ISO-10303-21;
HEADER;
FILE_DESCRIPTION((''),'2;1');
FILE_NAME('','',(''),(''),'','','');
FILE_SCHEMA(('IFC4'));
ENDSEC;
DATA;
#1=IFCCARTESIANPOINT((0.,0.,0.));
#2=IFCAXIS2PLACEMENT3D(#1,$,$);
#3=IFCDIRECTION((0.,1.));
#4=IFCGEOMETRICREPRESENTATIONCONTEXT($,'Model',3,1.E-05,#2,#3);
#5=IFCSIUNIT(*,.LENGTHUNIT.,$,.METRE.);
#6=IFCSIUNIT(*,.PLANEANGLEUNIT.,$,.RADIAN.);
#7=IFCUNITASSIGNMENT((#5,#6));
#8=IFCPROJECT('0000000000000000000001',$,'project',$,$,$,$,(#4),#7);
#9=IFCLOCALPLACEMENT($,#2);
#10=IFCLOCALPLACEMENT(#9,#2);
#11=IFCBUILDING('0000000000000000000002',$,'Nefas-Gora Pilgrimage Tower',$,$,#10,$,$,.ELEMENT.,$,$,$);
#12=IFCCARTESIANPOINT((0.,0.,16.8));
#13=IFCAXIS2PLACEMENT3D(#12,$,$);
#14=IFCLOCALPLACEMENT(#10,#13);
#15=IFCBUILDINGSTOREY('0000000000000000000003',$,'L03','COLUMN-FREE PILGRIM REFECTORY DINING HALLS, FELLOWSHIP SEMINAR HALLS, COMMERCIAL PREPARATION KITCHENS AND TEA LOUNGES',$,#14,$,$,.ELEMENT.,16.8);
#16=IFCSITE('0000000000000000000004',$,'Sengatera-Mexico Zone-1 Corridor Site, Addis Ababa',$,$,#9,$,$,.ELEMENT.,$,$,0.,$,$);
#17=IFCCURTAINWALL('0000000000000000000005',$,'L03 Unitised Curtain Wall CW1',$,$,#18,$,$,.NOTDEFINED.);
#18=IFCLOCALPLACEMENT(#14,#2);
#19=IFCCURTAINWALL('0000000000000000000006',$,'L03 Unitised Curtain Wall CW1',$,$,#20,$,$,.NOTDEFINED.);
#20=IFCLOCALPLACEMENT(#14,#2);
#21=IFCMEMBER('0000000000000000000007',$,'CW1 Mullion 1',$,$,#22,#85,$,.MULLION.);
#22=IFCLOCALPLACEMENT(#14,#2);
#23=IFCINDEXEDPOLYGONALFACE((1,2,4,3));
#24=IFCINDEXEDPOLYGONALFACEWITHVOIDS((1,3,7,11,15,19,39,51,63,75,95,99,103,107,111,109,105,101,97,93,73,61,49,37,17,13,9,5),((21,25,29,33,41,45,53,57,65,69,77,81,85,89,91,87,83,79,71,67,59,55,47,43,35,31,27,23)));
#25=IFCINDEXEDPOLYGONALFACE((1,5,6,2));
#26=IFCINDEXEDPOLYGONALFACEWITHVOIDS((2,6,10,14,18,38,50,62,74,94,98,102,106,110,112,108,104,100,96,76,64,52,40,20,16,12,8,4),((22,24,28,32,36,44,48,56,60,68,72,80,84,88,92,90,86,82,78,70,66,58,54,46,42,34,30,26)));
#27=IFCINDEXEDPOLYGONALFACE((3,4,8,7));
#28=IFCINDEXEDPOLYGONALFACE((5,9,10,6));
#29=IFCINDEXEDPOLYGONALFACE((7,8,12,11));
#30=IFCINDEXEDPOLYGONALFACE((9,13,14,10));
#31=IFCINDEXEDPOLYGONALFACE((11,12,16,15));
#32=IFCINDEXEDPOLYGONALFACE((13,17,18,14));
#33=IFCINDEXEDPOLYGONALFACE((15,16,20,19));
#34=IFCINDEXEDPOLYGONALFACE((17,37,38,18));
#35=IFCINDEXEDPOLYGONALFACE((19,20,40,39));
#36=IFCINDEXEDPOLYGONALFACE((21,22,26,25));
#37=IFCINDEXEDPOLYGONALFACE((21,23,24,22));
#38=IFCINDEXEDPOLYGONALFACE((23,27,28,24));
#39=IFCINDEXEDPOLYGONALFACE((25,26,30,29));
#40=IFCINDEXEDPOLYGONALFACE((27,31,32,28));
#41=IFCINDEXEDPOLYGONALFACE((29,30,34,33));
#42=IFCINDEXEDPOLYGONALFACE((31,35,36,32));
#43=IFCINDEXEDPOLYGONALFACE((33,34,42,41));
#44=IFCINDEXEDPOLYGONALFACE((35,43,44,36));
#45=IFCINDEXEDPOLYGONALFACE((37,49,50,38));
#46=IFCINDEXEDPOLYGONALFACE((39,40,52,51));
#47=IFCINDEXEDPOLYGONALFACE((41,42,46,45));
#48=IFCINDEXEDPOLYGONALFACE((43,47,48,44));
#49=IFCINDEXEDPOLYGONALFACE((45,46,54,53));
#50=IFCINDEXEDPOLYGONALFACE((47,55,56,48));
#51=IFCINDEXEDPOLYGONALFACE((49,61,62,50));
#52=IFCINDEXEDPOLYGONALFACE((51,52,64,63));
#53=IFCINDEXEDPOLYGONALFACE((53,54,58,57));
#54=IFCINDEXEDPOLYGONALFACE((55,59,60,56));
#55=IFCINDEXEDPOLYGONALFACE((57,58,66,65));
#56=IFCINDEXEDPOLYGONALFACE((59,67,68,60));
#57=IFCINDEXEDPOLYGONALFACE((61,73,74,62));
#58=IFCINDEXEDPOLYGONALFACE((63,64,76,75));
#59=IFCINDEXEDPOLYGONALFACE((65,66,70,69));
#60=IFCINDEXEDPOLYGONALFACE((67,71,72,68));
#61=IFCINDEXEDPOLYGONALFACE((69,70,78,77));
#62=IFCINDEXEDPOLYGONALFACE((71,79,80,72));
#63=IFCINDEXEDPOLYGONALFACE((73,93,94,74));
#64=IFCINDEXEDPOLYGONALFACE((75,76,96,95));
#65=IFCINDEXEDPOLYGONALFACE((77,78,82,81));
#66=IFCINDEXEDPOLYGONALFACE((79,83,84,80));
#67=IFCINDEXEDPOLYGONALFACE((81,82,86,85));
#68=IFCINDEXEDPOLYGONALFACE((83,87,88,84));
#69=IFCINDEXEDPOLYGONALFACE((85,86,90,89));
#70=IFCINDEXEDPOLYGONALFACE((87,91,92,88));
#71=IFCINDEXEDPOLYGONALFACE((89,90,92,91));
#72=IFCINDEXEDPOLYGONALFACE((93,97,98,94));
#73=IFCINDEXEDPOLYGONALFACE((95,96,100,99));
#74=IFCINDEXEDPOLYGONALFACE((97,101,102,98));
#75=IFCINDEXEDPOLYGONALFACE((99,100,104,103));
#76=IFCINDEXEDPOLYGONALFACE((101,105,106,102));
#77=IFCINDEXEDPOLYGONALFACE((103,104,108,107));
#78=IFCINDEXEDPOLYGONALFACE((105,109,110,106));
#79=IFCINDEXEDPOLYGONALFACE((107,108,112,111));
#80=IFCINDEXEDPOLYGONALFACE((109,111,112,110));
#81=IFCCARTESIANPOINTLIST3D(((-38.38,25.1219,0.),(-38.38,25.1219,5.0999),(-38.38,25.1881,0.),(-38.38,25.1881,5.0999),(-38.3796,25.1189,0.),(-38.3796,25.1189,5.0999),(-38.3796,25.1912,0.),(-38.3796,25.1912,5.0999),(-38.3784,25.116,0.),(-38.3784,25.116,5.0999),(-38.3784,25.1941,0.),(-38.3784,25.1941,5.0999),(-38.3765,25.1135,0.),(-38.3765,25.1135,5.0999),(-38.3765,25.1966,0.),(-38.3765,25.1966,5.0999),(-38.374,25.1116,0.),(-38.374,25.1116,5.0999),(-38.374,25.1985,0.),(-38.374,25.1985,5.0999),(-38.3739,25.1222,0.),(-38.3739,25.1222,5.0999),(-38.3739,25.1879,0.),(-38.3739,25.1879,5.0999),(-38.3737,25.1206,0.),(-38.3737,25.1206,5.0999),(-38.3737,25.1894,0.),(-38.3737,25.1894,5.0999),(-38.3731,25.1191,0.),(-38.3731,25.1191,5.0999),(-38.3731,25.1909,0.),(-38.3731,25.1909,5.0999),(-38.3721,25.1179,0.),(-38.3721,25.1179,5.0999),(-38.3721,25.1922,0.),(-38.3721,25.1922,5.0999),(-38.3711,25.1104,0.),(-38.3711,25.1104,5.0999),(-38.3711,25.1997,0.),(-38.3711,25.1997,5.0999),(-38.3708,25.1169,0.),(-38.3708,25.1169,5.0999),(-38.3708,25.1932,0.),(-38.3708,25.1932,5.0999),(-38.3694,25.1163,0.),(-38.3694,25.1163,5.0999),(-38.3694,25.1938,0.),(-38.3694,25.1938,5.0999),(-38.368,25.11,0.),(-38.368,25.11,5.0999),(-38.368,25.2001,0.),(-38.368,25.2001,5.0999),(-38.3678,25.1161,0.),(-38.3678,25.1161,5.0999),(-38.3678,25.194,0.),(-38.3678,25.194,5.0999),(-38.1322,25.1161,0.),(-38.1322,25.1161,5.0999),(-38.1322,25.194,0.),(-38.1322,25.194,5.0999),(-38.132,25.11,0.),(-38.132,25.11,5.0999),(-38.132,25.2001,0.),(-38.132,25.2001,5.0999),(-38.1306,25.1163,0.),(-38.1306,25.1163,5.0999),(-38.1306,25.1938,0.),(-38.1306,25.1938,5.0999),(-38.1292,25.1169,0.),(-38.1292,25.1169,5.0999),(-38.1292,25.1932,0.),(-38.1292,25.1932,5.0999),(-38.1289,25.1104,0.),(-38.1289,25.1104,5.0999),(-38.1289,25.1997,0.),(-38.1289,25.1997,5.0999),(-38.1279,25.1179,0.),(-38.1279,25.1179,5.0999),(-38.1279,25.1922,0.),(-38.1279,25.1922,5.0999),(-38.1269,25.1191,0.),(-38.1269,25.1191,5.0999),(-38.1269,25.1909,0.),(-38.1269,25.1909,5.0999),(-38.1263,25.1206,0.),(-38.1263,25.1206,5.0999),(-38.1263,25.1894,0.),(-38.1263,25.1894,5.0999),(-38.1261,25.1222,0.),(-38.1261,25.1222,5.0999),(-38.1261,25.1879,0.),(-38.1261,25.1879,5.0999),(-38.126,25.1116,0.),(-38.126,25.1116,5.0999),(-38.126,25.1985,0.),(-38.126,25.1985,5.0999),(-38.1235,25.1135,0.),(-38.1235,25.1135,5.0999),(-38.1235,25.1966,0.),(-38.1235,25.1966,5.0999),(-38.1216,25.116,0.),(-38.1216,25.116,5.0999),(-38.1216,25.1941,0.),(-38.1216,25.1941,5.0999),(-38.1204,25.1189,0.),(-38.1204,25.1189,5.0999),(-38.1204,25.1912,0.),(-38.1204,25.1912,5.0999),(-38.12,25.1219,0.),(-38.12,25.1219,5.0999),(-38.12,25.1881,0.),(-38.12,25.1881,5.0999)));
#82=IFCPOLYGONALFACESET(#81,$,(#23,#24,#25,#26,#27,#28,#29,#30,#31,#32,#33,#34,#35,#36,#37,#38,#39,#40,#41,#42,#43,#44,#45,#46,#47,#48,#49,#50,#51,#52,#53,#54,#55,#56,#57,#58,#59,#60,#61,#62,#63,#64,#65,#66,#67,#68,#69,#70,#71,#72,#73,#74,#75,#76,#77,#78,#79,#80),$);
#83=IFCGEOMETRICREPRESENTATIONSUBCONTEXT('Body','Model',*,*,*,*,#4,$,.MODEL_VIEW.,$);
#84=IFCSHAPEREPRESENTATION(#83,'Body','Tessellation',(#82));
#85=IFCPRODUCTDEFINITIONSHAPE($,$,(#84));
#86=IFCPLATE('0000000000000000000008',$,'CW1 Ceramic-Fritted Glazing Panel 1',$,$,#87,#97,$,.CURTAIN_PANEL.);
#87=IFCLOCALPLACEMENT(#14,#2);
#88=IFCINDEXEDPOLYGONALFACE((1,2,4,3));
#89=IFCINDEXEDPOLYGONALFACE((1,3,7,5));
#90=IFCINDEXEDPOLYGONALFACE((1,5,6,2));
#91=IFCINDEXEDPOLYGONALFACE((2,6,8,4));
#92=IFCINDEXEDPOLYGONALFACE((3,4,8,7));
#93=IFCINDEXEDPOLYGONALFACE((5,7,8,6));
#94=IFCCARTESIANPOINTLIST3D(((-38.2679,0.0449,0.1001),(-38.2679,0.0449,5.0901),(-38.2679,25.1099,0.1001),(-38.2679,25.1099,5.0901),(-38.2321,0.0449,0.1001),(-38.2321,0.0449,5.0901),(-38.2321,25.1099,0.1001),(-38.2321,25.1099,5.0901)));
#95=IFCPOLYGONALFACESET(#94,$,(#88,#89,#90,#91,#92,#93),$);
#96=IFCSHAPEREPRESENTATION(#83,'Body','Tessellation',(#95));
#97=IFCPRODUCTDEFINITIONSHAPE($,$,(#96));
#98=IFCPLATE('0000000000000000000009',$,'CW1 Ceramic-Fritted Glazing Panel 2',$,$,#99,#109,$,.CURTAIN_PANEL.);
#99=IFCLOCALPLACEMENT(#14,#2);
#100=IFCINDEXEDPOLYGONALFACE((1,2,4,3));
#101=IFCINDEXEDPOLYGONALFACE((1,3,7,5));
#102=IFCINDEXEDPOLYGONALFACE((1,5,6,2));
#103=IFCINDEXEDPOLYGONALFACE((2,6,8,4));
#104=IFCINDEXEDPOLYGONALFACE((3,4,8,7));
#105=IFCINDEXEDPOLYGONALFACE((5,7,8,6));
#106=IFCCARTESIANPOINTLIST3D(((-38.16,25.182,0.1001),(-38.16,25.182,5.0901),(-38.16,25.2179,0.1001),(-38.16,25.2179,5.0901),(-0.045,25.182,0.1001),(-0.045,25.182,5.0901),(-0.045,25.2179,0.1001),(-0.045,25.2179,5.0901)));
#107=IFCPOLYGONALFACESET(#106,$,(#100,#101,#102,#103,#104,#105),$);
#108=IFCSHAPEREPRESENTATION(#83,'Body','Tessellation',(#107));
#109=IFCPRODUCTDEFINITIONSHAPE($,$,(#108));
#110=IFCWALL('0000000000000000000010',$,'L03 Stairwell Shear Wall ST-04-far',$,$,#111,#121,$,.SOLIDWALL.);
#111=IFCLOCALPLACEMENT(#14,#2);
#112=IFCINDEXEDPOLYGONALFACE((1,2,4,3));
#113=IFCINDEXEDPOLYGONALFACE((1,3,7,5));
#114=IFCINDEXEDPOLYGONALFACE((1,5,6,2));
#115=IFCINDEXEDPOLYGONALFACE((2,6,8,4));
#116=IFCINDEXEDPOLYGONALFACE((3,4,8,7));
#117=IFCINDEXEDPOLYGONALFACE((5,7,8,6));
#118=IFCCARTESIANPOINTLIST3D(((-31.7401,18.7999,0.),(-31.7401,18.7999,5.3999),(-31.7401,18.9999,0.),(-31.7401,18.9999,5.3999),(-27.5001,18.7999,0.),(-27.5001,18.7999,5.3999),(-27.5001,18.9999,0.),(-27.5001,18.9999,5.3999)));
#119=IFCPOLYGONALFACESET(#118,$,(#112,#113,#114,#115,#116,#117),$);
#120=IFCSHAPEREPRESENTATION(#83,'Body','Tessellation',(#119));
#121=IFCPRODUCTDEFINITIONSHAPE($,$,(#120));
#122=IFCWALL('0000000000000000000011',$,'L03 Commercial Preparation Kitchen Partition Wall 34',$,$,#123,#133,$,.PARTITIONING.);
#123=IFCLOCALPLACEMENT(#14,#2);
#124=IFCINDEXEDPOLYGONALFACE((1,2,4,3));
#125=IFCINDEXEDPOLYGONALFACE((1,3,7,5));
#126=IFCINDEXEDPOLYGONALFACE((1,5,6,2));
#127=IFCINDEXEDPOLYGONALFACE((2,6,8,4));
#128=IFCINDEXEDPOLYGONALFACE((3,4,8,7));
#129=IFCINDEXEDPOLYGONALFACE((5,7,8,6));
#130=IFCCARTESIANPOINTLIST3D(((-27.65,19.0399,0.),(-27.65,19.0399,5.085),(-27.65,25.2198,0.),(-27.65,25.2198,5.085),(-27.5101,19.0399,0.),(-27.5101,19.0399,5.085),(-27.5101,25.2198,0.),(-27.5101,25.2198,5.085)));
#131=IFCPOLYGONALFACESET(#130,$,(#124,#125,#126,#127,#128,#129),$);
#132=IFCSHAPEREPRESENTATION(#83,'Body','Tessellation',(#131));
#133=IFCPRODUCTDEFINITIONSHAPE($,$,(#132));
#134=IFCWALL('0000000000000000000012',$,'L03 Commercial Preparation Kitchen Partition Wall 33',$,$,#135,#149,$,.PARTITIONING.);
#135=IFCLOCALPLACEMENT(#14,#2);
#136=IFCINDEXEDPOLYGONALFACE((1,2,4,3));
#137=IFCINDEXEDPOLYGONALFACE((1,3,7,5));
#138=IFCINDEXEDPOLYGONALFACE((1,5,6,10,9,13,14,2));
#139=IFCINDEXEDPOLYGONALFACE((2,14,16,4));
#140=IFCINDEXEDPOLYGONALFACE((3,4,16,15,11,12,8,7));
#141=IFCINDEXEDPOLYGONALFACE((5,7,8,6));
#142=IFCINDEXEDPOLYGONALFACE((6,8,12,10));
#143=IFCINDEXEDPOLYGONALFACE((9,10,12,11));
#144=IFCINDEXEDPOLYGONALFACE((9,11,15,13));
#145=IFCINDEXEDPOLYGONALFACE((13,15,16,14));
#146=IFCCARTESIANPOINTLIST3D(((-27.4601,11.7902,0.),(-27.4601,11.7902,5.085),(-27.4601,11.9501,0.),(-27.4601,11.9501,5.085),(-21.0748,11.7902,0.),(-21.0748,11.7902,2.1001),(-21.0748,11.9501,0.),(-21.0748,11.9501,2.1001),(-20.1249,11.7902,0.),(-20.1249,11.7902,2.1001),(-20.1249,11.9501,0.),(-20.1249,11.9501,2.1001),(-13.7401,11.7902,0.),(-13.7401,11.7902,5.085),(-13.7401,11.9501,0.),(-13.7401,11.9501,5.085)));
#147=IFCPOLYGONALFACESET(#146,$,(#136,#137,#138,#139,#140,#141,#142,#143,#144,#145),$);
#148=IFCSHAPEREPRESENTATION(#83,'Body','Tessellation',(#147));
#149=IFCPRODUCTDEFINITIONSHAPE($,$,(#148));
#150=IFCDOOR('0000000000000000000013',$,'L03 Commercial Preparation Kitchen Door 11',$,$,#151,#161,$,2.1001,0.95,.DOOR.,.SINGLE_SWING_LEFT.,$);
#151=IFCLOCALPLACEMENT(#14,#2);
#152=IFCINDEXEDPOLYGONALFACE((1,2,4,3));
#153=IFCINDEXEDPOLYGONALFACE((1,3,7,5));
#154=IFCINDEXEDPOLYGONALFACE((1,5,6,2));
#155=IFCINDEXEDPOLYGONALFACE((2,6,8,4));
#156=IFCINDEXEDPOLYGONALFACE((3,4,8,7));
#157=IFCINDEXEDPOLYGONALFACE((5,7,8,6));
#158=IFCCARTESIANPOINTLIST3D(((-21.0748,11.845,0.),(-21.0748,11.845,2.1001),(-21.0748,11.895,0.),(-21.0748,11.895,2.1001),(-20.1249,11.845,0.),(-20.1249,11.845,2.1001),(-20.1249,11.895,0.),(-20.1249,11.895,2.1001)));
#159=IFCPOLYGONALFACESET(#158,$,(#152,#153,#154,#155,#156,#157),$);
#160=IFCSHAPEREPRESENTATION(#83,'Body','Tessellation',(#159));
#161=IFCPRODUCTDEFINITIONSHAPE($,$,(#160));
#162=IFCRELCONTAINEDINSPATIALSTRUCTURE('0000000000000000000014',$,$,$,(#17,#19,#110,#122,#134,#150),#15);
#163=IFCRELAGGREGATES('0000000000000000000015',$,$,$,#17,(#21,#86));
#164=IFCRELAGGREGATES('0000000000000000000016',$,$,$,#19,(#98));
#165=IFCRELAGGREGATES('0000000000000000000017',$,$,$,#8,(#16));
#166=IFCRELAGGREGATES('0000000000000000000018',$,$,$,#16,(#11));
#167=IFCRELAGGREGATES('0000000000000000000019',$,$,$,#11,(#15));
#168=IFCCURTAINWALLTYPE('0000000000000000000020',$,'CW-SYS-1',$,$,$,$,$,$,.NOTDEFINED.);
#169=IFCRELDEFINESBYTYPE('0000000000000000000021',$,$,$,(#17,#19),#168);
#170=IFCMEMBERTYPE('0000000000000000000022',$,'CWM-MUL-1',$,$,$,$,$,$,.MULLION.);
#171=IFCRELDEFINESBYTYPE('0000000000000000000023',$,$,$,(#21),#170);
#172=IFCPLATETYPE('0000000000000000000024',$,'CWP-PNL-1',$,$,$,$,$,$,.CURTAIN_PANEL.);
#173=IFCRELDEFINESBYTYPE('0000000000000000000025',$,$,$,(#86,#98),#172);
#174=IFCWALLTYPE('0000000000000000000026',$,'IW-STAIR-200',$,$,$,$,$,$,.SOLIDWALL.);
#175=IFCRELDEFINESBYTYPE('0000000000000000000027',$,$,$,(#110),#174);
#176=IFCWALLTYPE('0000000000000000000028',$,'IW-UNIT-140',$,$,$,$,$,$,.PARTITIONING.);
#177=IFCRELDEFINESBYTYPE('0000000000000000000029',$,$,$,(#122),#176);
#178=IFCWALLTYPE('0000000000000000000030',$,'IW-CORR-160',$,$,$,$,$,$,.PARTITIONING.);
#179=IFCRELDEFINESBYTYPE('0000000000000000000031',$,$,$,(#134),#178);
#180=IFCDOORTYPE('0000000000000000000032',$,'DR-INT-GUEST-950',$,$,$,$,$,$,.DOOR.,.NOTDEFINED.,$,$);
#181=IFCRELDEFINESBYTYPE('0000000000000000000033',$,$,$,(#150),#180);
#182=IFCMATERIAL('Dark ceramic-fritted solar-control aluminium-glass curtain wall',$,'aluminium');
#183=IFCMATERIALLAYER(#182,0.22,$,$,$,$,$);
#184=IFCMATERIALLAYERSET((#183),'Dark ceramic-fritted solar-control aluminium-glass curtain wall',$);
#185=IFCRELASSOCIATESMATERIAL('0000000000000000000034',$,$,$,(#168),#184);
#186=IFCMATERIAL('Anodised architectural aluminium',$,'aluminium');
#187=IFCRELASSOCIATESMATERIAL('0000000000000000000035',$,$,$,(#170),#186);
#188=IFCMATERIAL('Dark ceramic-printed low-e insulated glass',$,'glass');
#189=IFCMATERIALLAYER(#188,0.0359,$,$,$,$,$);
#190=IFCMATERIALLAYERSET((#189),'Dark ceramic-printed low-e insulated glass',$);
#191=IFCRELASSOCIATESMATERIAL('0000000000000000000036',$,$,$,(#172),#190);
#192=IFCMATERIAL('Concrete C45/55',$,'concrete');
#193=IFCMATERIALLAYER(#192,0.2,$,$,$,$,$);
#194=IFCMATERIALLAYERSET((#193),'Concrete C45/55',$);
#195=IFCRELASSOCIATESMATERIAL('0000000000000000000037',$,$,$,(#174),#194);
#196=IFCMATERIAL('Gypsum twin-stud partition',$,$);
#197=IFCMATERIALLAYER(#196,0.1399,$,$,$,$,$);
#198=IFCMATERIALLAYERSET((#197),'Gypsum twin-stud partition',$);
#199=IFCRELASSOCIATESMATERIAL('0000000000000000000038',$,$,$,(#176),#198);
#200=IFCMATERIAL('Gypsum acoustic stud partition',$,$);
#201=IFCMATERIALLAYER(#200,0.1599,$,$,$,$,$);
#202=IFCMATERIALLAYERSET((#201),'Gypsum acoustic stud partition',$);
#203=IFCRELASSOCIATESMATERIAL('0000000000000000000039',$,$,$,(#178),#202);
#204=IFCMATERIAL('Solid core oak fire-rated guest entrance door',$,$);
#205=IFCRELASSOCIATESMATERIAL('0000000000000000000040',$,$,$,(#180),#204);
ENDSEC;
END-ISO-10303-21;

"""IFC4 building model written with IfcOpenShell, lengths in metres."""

from ifc_helpers import new_model, si_unit, direction, frame, frame_2d, origin, origin_2d, place, context, subcontext, project, spatial, rectangle, hollow_rectangle, extrude, source, transform, mapped, material, layer, layer_set, material_profile, profile_set, type_object, element, fill, aggregate, save


model = new_model("IFC4")

# Units and contexts
model_context = context("Model", 3, precision=1e-05, world=origin(), true_north=direction((0.0, 1.0)))
body_context = subcontext(model_context, "Body", "Model", "MODEL_VIEW")
ifc_project = project(units=[si_unit("LENGTHUNIT", "METRE"), si_unit("PLANEANGLEUNIT", "RADIAN")], contexts=[model_context])

# Site, building, storey
site_placement = place(None, origin())
site = spatial("IfcSite", under=ifc_project, at=site_placement, Name="Sengatera-Mexico Zone-1 Corridor Site, Addis Ababa", CompositionType="ELEMENT", RefElevation=0.0)
building_placement = place(site_placement, origin())
building = spatial("IfcBuilding", under=site, at=building_placement, Name="Nefas-Gora Pilgrimage Tower", CompositionType="ELEMENT")
storey_placement = place(building_placement, frame((0.0, 0.0, 16.8)))
storey = spatial("IfcBuildingStorey", under=building, at=storey_placement, Name="L03", Description="COLUMN-FREE PILGRIM REFECTORY DINING HALLS, FELLOWSHIP SEMINAR HALLS, COMMERCIAL PREPARATION KITCHENS AND TEA LOUNGES", CompositionType="ELEMENT", Elevation=16.8)

# Curtain walls
ifc_material_1 = material(Name="Dark ceramic-fritted solar-control aluminium-glass curtain wall", Category="aluminium")
ifc_layer_1 = layer(ifc_material_1, 0.22)
ifc_layer_set_1 = layer_set([ifc_layer_1], Name="Dark ceramic-fritted solar-control aluminium-glass curtain wall")
curtain_wall_type = type_object("IfcCurtainWallType", Name="CW-SYS-1", PredefinedType="NOTDEFINED", material=ifc_layer_set_1)
curtain_wall_1_placement = place(storey_placement, origin())
curtain_wall_1 = element("IfcCurtainWall", 1, at=curtain_wall_1_placement, inside=storey, type_object=curtain_wall_type, Name="L03 Unitised Curtain Wall CW1", PredefinedType="NOTDEFINED")
ifc_material_2 = material(Name="Anodised architectural aluminium", Category="aluminium")
curtain_wall_2_placement = place(storey_placement, origin())
curtain_wall_2 = element("IfcCurtainWall", 2, at=curtain_wall_2_placement, inside=storey, type_object=curtain_wall_type, Name="L03 Unitised Curtain Wall CW1", PredefinedType="NOTDEFINED")
ifc_material_profile_1 = material_profile(ifc_material_2, hollow_rectangle(XDim=0.0901, YDim=0.26, WallThickness=0.0061, InnerFilletRadius=0.0061, OuterFilletRadius=0.012, at=origin_2d()), Name="ALU MULLION 90x260")
ifc_profile_set_1 = profile_set([ifc_material_profile_1], Name="Anodised architectural aluminium")
member_type_1 = type_object("IfcMemberType", Name="CWM-MUL-1", PredefinedType="MULLION", material=ifc_profile_set_1)
shared_shape_1 = source(origin(), body_context, "Body", "SweptSolid", [
    extrude(hollow_rectangle(XDim=0.0901, YDim=0.26, WallThickness=0.0061, InnerFilletRadius=0.0061, OuterFilletRadius=0.012, at=origin_2d()), origin(), (0.0, 0.0, 1.0), 5.0999),
])

# Member
member_1_placement = place(storey_placement, frame((-38.25, 25.155, 0.0), z_axis=(0.0, 0.0, 1.0), x_axis=(0.0, -1.0, 0.0)))
member_1 = element("IfcMember", 3, at=member_1_placement, type_object=member_type_1, Name="CW1 Mullion 1", PredefinedType="MULLION", context=body_context, shape_type="MappedRepresentation", body=[
    mapped(shared_shape_1, transform((0.0, 0.0, 0.0), x_axis=(1.0, 0.0, 0.0), y_axis=(0.0, 1.0, 0.0), z_axis=(0.0, 0.0, 1.0), scale=1.0)),
])

# Plates
ifc_material_3 = material(Name="Dark ceramic-printed low-e insulated glass", Category="glass")
ifc_layer_2 = layer(ifc_material_3, 0.0359)
ifc_layer_set_2 = layer_set([ifc_layer_2], Name="Dark ceramic-printed low-e insulated glass")
plate_type = type_object("IfcPlateType", Name="CWP-PNL-1", PredefinedType="CURTAIN_PANEL", material=ifc_layer_set_2)
shared_shape_2 = source(origin(), body_context, "Body", "SweptSolid", [
    extrude(rectangle(XDim=25.0649, YDim=0.0359, at=origin_2d()), origin(), (0.0, 0.0, 1.0), 4.99),
])
plate_1_placement = place(storey_placement, frame((-38.25, 12.5774, 0.1001), z_axis=(0.0, 0.0, 1.0), x_axis=(0.0, -1.0, 0.0)))
plate_1 = element("IfcPlate", 4, at=plate_1_placement, type_object=plate_type, Name="CW1 Ceramic-Fritted Glazing Panel 1", PredefinedType="CURTAIN_PANEL", context=body_context, shape_type="MappedRepresentation", body=[
    mapped(shared_shape_2, transform((0.0, 0.0, 0.0), x_axis=(1.0, 0.0, 0.0), y_axis=(0.0, 1.0, 0.0), z_axis=(0.0, 0.0, 1.0), scale=1.0)),
])
aggregate(curtain_wall_1, [member_1, plate_1])
shared_shape_3 = source(origin(), body_context, "Body", "SweptSolid", [
    extrude(rectangle(XDim=38.115, YDim=0.0359, at=origin_2d()), origin(), (0.0, 0.0, 1.0), 4.99),
])
plate_2_placement = place(storey_placement, frame((-19.1025, 25.2, 0.1001), z_axis=(0.0, 0.0, 1.0), x_axis=(-1.0, 0.0, 0.0)))
plate_2 = element("IfcPlate", 5, at=plate_2_placement, type_object=plate_type, Name="CW1 Ceramic-Fritted Glazing Panel 2", PredefinedType="CURTAIN_PANEL", context=body_context, shape_type="MappedRepresentation", body=[
    mapped(shared_shape_3, transform((0.0, 0.0, 0.0), x_axis=(1.0, 0.0, 0.0), y_axis=(0.0, 1.0, 0.0), z_axis=(0.0, 0.0, 1.0), scale=1.0)),
])
aggregate(curtain_wall_2, [plate_2])

# Walls
ifc_material_4 = material(Name="Concrete C45/55", Category="concrete")
ifc_layer_3 = layer(ifc_material_4, 0.2)
ifc_layer_set_3 = layer_set([ifc_layer_3], Name="Concrete C45/55")
wall_type_1 = type_object("IfcWallType", Name="IW-STAIR-200", PredefinedType="SOLIDWALL", material=ifc_layer_set_3)
shared_shape_4 = source(origin(), body_context, "Body", "SweptSolid", [
    extrude(rectangle(XDim=4.24, YDim=0.2, at=frame_2d((2.1201, 0.0))), origin(), (0.0, 0.0, 1.0), 5.3999),
])
wall_1_placement = place(storey_placement, frame((-27.5, 18.8999, 0.0), z_axis=(0.0, 0.0, 1.0), x_axis=(-1.0, 0.0, 0.0)))
element("IfcWall", 6, at=wall_1_placement, inside=storey, type_object=wall_type_1, Name="L03 Stairwell Shear Wall ST-04-far", PredefinedType="SOLIDWALL", context=body_context, shape_type="MappedRepresentation", body=[
    mapped(shared_shape_4, transform((0.0, 0.0, 0.0), x_axis=(1.0, 0.0, 0.0), y_axis=(0.0, 1.0, 0.0), z_axis=(0.0, 0.0, 1.0), scale=1.0)),
])
ifc_material_5 = material(Name="Gypsum twin-stud partition")
ifc_layer_4 = layer(ifc_material_5, 0.1399)
ifc_layer_set_4 = layer_set([ifc_layer_4], Name="Gypsum twin-stud partition")
wall_type_2 = type_object("IfcWallType", Name="IW-UNIT-140", PredefinedType="PARTITIONING", material=ifc_layer_set_4)
shared_shape_5 = source(origin(), body_context, "Body", "SweptSolid", [
    extrude(rectangle(XDim=6.1799, YDim=0.1399, at=frame_2d((3.0898, 0.0))), origin(), (0.0, 0.0, 1.0), 5.085),
])
wall_2_placement = place(storey_placement, frame((-27.5801, 19.04, 0.0), z_axis=(0.0, 0.0, 1.0), x_axis=(0.0, 1.0, 0.0)))
element("IfcWall", 7, at=wall_2_placement, inside=storey, type_object=wall_type_2, Name="L03 Commercial Preparation Kitchen Partition Wall 34", PredefinedType="PARTITIONING", context=body_context, shape_type="MappedRepresentation", body=[
    mapped(shared_shape_5, transform((0.0, 0.0, 0.0), x_axis=(1.0, 0.0, 0.0), y_axis=(0.0, 1.0, 0.0), z_axis=(0.0, 0.0, 1.0), scale=1.0)),
])

# Wall, opening, door
ifc_material_6 = material(Name="Gypsum acoustic stud partition")
ifc_layer_5 = layer(ifc_material_6, 0.1599)
ifc_layer_set_5 = layer_set([ifc_layer_5], Name="Gypsum acoustic stud partition")
wall_type_3 = type_object("IfcWallType", Name="IW-CORR-160", PredefinedType="PARTITIONING", material=ifc_layer_set_5)
shared_shape_6 = source(origin(), body_context, "Body", "SweptSolid", [
    extrude(rectangle(XDim=13.72, YDim=0.1599, at=frame_2d((6.8599, 0.0))), origin(), (0.0, 0.0, 1.0), 5.085),
])
wall_3_placement = place(storey_placement, frame((-27.46, 11.8701, 0.0), z_axis=(0.0, 0.0, 1.0), x_axis=(1.0, 0.0, 0.0)))
wall_3 = element("IfcWall", 8, at=wall_3_placement, inside=storey, type_object=wall_type_3, Name="L03 Commercial Preparation Kitchen Partition Wall 33", PredefinedType="PARTITIONING", context=body_context, shape_type="MappedRepresentation", body=[
    mapped(shared_shape_6, transform((0.0, 0.0, 0.0), x_axis=(1.0, 0.0, 0.0), y_axis=(0.0, 1.0, 0.0), z_axis=(0.0, 0.0, 1.0), scale=1.0)),
])
opening_placement = place(wall_3_placement, frame((6.385, 0.0, 0.0)))
opening = element("IfcOpeningElement", 9, at=opening_placement, cuts=wall_3, PredefinedType="OPENING", context=body_context, shape_type="SweptSolid", body=[
    extrude(rectangle(XDim=0.95, YDim=2.1001, at=frame_2d((0.4751, 1.05))), frame((0.0, 0.0898, 0.0), z_axis=(0.0, -1.0, 0.0), x_axis=(1.0, 0.0, 0.0)), (0.0, 0.0, 1.0), 0.1799),
])
ifc_material_7 = material(Name="Solid core oak fire-rated guest entrance door")
door_type = type_object("IfcDoorType", Name="DR-INT-GUEST-950", OperationType="NOTDEFINED", PredefinedType="DOOR", material=ifc_material_7)
shared_shape_7 = source(origin(), body_context, "Body", "SweptSolid", [
    extrude(rectangle(XDim=0.95, YDim=2.1001, at=frame_2d((0.4751, 1.05))), frame((0.0, 0.0249, 0.0), z_axis=(0.0, -1.0, 0.0), x_axis=(1.0, 0.0, 0.0)), (0.0, 0.0, 1.0), 0.05),
])
door_placement = place(opening_placement, origin())
door = element("IfcDoor", 10, at=door_placement, inside=storey, type_object=door_type, Name="L03 Commercial Preparation Kitchen Door 11", OperationType="SINGLE_SWING_LEFT", OverallHeight=2.1001, OverallWidth=0.95, PredefinedType="DOOR", context=body_context, shape_type="MappedRepresentation", body=[
    mapped(shared_shape_7, transform((0.0, 0.0, 0.0), x_axis=(1.0, 0.0, 0.0), y_axis=(0.0, 1.0, 0.0), z_axis=(0.0, 0.0, 1.0), scale=1.0)),
])
fill(opening, door)

save(model, "model.ifc")
